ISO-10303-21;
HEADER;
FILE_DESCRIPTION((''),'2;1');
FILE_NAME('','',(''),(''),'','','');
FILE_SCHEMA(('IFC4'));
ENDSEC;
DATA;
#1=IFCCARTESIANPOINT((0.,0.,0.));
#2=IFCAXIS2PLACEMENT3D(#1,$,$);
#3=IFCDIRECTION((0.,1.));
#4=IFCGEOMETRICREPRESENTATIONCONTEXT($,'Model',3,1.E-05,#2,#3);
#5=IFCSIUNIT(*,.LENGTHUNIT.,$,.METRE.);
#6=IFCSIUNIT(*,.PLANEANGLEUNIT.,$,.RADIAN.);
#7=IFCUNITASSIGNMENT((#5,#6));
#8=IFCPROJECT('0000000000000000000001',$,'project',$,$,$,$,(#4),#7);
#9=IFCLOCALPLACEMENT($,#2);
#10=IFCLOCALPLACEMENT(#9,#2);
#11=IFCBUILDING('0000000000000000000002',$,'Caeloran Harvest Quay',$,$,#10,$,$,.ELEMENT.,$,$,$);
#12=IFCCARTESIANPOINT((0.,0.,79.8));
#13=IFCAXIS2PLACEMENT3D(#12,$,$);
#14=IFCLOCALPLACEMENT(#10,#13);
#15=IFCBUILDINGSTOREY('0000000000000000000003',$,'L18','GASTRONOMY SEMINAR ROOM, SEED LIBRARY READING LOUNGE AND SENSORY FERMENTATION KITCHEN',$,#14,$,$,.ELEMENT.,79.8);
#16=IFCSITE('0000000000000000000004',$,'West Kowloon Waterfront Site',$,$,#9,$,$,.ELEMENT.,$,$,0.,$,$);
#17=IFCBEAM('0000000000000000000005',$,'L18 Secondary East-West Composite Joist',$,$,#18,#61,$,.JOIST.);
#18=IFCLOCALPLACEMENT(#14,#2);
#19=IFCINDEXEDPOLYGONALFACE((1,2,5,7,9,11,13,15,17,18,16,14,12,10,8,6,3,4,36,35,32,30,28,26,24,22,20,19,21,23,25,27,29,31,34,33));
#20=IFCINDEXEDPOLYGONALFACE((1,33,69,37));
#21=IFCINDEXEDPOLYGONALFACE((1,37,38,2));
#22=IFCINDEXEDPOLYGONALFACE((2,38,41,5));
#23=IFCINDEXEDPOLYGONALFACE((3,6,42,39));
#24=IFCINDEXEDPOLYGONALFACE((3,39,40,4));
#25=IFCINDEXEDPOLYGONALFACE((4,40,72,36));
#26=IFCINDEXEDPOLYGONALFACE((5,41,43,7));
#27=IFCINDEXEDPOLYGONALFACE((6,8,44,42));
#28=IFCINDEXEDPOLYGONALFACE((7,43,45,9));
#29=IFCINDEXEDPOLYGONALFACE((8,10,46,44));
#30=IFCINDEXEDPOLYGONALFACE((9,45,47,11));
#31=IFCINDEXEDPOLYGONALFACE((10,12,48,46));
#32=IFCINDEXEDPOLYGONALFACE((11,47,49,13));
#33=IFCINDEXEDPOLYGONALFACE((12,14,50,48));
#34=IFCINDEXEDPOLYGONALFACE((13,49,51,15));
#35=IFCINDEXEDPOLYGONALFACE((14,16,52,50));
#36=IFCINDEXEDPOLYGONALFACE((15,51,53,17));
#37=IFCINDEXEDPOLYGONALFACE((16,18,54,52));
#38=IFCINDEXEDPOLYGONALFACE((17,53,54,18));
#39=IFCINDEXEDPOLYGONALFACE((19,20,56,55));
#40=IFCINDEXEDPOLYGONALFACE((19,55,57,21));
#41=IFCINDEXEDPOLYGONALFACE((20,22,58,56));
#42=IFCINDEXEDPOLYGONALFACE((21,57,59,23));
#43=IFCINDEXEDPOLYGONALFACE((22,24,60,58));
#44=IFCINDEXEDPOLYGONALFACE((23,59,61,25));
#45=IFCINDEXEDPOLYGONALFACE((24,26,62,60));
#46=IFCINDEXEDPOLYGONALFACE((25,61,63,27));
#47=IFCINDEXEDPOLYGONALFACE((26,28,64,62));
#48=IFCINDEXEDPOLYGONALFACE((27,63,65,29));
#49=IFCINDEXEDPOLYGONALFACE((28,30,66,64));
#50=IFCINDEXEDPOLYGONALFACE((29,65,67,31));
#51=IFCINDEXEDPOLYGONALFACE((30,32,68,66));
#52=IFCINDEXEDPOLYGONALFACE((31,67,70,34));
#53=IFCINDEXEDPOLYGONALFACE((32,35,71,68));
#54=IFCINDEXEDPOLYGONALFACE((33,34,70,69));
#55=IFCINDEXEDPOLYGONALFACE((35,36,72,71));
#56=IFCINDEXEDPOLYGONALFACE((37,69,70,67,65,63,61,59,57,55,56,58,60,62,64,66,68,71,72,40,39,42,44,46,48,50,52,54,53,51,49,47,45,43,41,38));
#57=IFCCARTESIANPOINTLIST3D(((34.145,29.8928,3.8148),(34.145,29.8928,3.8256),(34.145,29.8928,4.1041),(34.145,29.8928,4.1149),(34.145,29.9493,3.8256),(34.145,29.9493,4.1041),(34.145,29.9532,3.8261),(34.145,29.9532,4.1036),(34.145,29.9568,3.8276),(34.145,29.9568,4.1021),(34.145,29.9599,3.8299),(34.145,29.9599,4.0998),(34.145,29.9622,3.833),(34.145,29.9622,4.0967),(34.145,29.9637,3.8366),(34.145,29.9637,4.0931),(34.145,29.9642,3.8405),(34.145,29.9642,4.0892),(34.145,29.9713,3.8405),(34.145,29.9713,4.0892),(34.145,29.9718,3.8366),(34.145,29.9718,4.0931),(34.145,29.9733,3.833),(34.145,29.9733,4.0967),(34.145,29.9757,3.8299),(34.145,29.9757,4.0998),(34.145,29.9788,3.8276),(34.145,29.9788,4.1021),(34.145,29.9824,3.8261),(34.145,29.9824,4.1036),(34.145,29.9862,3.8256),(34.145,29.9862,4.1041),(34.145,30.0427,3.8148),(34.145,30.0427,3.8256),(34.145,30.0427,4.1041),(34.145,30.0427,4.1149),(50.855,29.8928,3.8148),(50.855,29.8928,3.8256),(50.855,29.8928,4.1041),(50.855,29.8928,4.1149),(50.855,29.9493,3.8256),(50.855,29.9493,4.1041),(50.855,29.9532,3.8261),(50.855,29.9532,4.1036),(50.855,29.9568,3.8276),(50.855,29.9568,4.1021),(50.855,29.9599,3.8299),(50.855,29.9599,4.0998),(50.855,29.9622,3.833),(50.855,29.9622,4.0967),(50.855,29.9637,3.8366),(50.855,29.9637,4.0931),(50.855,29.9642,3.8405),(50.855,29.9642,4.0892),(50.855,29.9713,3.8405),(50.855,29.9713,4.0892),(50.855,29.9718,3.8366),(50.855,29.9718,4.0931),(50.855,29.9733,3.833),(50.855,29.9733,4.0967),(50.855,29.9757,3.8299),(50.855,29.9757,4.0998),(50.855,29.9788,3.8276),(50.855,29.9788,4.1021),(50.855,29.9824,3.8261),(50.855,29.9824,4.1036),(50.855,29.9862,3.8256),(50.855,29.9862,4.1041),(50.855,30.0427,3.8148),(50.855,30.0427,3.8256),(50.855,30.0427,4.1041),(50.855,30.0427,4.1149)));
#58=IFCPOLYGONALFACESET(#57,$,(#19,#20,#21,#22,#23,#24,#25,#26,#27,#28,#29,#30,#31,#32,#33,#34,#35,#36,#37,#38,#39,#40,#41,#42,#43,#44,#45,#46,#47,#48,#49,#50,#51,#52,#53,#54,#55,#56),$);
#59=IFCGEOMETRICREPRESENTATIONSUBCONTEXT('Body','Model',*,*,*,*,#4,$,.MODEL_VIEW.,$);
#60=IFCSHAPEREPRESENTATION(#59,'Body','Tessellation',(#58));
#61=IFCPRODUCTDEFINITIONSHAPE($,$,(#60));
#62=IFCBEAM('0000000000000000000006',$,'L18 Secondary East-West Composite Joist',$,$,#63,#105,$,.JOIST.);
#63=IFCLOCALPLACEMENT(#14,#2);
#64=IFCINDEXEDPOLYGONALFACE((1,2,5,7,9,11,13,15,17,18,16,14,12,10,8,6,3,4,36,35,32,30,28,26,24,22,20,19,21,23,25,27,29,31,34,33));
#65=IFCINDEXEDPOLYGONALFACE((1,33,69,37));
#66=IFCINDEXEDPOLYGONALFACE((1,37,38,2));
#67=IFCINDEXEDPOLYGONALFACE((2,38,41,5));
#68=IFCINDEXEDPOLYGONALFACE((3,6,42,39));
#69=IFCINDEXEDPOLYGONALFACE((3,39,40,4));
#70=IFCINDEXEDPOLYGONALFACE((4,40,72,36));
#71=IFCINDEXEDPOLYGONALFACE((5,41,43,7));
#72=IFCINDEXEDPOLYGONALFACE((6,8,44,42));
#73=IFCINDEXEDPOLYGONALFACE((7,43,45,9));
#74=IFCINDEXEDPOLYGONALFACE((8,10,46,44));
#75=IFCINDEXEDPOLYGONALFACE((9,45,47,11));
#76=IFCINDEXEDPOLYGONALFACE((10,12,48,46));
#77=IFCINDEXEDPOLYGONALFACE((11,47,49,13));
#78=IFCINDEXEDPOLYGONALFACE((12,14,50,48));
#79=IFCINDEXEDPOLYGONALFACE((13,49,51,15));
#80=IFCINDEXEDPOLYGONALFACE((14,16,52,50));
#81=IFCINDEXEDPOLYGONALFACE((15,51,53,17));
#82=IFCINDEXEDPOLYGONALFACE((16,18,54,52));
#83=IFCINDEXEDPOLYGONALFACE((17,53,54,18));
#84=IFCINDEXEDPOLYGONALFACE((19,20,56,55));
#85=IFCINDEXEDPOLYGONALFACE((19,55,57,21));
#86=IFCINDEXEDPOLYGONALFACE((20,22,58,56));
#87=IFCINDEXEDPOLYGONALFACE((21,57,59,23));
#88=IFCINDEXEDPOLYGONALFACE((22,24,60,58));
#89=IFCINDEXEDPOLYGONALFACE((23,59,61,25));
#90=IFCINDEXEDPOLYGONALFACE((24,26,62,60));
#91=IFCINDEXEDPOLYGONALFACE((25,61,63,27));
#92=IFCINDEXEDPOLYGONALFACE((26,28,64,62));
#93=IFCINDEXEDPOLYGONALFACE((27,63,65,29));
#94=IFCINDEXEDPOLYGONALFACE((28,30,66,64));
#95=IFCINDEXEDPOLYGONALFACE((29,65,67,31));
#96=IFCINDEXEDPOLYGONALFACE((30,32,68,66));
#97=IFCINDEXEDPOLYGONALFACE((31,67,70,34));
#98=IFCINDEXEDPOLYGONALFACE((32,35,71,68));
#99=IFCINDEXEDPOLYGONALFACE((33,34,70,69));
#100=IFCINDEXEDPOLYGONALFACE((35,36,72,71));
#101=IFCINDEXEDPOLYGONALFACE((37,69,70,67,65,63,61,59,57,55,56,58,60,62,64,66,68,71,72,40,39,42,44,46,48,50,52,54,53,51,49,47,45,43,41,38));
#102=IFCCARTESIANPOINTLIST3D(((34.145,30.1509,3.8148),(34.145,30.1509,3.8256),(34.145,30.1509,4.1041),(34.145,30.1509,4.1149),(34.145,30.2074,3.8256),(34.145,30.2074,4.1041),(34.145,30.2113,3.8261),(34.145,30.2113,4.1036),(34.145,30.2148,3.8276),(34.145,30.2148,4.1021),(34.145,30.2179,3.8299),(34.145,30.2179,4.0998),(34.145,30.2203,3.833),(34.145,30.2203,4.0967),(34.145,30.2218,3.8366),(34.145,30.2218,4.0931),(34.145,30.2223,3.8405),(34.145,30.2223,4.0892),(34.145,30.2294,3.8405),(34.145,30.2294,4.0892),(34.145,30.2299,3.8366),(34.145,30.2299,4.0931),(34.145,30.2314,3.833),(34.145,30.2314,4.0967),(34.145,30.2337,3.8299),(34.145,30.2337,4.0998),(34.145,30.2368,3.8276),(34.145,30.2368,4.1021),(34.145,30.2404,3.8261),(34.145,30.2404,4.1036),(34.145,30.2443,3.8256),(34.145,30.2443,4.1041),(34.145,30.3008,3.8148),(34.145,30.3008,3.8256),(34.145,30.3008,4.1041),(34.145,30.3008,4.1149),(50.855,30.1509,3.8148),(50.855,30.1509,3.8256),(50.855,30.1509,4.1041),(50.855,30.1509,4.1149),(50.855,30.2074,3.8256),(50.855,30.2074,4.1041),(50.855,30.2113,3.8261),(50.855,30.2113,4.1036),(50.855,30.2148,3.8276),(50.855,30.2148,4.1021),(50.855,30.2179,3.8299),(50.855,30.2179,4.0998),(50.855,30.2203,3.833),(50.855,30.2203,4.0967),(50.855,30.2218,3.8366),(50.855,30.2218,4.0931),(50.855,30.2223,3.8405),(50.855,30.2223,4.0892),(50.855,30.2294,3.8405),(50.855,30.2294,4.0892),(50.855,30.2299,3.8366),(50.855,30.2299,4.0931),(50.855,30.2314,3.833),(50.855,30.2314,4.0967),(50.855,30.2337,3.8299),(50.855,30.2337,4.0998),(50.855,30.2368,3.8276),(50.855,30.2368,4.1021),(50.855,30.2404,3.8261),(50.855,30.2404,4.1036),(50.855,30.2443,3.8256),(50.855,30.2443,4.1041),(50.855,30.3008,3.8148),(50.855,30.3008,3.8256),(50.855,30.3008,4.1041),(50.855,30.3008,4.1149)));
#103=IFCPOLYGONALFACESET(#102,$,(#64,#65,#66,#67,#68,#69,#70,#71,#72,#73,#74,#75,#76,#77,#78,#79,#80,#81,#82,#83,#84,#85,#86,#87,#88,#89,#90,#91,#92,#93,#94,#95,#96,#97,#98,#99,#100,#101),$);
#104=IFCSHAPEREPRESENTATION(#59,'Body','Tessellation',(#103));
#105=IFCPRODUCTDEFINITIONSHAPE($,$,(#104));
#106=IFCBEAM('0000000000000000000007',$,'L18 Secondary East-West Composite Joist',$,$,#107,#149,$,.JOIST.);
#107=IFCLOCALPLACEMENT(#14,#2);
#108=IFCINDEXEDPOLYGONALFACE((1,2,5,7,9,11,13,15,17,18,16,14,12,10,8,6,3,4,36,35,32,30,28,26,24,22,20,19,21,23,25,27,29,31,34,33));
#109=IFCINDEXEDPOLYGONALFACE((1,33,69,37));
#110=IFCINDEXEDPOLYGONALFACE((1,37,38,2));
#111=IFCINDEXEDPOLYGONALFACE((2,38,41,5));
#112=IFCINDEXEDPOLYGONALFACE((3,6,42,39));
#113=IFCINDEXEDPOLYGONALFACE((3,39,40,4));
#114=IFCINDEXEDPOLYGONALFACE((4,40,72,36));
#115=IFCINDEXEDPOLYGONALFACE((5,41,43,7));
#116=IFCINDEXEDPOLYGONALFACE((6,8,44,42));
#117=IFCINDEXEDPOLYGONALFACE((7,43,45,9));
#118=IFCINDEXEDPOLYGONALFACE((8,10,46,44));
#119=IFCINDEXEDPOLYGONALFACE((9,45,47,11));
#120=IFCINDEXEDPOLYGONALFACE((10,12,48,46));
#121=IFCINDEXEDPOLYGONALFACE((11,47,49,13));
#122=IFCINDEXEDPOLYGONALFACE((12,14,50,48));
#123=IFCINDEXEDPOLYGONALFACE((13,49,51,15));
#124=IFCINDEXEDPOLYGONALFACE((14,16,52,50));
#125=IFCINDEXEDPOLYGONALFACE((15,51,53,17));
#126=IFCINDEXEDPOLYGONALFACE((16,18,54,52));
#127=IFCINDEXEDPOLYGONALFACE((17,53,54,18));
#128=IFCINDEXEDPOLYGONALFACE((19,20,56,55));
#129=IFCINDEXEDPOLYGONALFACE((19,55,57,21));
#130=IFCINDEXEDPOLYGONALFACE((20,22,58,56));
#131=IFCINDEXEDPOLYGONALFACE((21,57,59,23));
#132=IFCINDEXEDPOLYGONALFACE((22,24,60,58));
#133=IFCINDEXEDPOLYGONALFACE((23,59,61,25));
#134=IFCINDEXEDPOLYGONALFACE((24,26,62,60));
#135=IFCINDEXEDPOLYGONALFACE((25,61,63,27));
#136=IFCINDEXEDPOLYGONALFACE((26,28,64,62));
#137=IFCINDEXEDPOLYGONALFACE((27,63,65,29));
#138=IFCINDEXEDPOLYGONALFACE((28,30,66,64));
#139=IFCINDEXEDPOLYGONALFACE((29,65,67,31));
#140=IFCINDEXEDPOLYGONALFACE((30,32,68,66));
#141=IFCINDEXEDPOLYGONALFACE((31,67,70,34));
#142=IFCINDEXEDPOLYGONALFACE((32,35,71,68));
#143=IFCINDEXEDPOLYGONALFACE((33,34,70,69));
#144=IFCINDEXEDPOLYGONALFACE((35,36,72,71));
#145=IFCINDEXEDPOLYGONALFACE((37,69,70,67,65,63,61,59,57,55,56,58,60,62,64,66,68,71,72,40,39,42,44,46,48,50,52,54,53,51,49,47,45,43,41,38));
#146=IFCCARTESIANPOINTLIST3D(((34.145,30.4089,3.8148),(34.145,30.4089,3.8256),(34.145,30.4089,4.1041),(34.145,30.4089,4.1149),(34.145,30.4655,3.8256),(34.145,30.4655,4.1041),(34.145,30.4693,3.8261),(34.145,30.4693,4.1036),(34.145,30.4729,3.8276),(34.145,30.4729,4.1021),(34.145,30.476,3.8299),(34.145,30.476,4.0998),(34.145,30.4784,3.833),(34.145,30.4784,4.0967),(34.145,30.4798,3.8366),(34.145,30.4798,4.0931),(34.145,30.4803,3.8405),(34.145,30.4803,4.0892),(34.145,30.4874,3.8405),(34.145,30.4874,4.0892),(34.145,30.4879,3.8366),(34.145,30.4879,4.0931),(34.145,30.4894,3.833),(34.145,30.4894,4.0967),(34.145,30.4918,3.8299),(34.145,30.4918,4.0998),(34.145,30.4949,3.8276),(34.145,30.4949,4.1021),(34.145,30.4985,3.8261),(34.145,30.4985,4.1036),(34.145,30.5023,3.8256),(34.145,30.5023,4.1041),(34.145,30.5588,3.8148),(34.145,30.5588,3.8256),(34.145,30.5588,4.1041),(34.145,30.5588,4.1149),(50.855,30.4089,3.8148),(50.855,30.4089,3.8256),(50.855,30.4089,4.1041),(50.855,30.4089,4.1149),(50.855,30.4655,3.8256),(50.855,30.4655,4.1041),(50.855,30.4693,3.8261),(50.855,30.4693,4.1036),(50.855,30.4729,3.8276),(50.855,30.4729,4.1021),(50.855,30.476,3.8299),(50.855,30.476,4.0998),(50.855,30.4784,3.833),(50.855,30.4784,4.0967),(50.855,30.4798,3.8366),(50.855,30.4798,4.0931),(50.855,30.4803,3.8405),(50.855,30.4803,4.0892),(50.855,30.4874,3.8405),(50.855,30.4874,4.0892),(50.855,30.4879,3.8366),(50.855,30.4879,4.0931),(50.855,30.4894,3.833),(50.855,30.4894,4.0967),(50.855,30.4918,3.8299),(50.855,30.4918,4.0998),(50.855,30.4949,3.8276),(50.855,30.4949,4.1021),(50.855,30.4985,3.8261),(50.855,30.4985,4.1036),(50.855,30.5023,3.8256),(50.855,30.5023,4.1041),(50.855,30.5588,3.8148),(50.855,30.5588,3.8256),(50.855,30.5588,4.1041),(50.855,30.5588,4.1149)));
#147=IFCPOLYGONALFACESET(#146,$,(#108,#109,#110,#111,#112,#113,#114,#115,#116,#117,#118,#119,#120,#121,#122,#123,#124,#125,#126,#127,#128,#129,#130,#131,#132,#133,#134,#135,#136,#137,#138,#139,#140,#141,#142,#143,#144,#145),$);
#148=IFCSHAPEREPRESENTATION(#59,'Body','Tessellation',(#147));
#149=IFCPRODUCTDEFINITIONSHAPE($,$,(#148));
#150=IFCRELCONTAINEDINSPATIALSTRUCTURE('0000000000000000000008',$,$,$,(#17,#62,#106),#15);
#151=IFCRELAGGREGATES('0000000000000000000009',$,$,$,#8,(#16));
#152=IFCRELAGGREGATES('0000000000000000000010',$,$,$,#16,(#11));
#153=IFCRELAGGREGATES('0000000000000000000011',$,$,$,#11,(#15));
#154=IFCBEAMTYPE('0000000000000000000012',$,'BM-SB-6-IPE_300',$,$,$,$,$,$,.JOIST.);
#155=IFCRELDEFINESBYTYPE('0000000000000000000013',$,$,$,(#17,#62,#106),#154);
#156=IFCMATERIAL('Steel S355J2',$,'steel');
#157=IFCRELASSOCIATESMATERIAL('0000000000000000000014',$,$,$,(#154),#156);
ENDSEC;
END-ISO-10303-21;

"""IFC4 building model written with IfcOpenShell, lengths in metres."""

from ifc_helpers import new_model, si_unit, direction, frame, origin, origin_2d, place, context, subcontext, project, spatial, i_section, extrude, material, material_profile, profile_set, type_object, element, save


model = new_model("IFC4")

# Units and contexts
model_context = context("Model", 3, precision=1e-05, world=origin(), true_north=direction((0.0, 1.0)))
body_context = subcontext(model_context, "Body", "Model", "MODEL_VIEW")
ifc_project = project(units=[si_unit("LENGTHUNIT", "METRE"), si_unit("PLANEANGLEUNIT", "RADIAN")], contexts=[model_context])

# Site, building, storey
site_placement = place(None, origin())
site = spatial("IfcSite", under=ifc_project, at=site_placement, Name="West Kowloon Waterfront Site", CompositionType="ELEMENT", RefElevation=0.0)
building_placement = place(site_placement, origin())
building = spatial("IfcBuilding", under=site, at=building_placement, Name="Caeloran Harvest Quay", CompositionType="ELEMENT")
storey_placement = place(building_placement, frame((0.0, 0.0, 79.8)))
storey = spatial("IfcBuildingStorey", under=building, at=storey_placement, Name="L18", Description="GASTRONOMY SEMINAR ROOM, SEED LIBRARY READING LOUNGE AND SENSORY FERMENTATION KITCHEN", CompositionType="ELEMENT", Elevation=79.8)

# Beams
ifc_material_1 = material(Name="Steel S355J2", Category="steel")
ifc_material_profile_1 = material_profile(ifc_material_1, i_section(OverallWidth=0.1499, OverallDepth=0.3, WebThickness=0.0071, FlangeThickness=0.0107, FilletRadius=0.0149, at=origin_2d()), Name="IPE 300")
ifc_profile_set_1 = profile_set([ifc_material_profile_1], Name="Steel S355J2")
beam_type_1 = type_object("IfcBeamType", Name="BM-SB-6-IPE_300", PredefinedType="JOIST", material=ifc_profile_set_1)
for number, where, z_axis, x_axis, name in (
    (1, (34.145, 29.9678, 3.9648), (1.0, 0.0, 0.0), (0.0, 1.0, 0.0), "L18 Secondary East-West Composite Joist"),
    (2, (34.145, 30.2258, 3.9648), (1.0, 0.0, 0.0), (0.0, 1.0, 0.0), "L18 Secondary East-West Composite Joist"),
    (3, (34.145, 30.4839, 3.9648), (1.0, 0.0, 0.0), (0.0, 1.0, 0.0), "L18 Secondary East-West Composite Joist"),
):
    element("IfcBeam", number, at=place(storey_placement, frame(where, z_axis=z_axis, x_axis=x_axis)), inside=storey, type_object=beam_type_1, Name=name, PredefinedType="JOIST", context=body_context, shape_type="SweptSolid", body=[
        extrude(i_section(OverallWidth=0.1499, OverallDepth=0.3, WebThickness=0.0071, FlangeThickness=0.0107, FilletRadius=0.0149, at=origin_2d()), origin(), (0.0, 0.0, 1.0), 16.71),
    ])

save(model, "model.ifc")
